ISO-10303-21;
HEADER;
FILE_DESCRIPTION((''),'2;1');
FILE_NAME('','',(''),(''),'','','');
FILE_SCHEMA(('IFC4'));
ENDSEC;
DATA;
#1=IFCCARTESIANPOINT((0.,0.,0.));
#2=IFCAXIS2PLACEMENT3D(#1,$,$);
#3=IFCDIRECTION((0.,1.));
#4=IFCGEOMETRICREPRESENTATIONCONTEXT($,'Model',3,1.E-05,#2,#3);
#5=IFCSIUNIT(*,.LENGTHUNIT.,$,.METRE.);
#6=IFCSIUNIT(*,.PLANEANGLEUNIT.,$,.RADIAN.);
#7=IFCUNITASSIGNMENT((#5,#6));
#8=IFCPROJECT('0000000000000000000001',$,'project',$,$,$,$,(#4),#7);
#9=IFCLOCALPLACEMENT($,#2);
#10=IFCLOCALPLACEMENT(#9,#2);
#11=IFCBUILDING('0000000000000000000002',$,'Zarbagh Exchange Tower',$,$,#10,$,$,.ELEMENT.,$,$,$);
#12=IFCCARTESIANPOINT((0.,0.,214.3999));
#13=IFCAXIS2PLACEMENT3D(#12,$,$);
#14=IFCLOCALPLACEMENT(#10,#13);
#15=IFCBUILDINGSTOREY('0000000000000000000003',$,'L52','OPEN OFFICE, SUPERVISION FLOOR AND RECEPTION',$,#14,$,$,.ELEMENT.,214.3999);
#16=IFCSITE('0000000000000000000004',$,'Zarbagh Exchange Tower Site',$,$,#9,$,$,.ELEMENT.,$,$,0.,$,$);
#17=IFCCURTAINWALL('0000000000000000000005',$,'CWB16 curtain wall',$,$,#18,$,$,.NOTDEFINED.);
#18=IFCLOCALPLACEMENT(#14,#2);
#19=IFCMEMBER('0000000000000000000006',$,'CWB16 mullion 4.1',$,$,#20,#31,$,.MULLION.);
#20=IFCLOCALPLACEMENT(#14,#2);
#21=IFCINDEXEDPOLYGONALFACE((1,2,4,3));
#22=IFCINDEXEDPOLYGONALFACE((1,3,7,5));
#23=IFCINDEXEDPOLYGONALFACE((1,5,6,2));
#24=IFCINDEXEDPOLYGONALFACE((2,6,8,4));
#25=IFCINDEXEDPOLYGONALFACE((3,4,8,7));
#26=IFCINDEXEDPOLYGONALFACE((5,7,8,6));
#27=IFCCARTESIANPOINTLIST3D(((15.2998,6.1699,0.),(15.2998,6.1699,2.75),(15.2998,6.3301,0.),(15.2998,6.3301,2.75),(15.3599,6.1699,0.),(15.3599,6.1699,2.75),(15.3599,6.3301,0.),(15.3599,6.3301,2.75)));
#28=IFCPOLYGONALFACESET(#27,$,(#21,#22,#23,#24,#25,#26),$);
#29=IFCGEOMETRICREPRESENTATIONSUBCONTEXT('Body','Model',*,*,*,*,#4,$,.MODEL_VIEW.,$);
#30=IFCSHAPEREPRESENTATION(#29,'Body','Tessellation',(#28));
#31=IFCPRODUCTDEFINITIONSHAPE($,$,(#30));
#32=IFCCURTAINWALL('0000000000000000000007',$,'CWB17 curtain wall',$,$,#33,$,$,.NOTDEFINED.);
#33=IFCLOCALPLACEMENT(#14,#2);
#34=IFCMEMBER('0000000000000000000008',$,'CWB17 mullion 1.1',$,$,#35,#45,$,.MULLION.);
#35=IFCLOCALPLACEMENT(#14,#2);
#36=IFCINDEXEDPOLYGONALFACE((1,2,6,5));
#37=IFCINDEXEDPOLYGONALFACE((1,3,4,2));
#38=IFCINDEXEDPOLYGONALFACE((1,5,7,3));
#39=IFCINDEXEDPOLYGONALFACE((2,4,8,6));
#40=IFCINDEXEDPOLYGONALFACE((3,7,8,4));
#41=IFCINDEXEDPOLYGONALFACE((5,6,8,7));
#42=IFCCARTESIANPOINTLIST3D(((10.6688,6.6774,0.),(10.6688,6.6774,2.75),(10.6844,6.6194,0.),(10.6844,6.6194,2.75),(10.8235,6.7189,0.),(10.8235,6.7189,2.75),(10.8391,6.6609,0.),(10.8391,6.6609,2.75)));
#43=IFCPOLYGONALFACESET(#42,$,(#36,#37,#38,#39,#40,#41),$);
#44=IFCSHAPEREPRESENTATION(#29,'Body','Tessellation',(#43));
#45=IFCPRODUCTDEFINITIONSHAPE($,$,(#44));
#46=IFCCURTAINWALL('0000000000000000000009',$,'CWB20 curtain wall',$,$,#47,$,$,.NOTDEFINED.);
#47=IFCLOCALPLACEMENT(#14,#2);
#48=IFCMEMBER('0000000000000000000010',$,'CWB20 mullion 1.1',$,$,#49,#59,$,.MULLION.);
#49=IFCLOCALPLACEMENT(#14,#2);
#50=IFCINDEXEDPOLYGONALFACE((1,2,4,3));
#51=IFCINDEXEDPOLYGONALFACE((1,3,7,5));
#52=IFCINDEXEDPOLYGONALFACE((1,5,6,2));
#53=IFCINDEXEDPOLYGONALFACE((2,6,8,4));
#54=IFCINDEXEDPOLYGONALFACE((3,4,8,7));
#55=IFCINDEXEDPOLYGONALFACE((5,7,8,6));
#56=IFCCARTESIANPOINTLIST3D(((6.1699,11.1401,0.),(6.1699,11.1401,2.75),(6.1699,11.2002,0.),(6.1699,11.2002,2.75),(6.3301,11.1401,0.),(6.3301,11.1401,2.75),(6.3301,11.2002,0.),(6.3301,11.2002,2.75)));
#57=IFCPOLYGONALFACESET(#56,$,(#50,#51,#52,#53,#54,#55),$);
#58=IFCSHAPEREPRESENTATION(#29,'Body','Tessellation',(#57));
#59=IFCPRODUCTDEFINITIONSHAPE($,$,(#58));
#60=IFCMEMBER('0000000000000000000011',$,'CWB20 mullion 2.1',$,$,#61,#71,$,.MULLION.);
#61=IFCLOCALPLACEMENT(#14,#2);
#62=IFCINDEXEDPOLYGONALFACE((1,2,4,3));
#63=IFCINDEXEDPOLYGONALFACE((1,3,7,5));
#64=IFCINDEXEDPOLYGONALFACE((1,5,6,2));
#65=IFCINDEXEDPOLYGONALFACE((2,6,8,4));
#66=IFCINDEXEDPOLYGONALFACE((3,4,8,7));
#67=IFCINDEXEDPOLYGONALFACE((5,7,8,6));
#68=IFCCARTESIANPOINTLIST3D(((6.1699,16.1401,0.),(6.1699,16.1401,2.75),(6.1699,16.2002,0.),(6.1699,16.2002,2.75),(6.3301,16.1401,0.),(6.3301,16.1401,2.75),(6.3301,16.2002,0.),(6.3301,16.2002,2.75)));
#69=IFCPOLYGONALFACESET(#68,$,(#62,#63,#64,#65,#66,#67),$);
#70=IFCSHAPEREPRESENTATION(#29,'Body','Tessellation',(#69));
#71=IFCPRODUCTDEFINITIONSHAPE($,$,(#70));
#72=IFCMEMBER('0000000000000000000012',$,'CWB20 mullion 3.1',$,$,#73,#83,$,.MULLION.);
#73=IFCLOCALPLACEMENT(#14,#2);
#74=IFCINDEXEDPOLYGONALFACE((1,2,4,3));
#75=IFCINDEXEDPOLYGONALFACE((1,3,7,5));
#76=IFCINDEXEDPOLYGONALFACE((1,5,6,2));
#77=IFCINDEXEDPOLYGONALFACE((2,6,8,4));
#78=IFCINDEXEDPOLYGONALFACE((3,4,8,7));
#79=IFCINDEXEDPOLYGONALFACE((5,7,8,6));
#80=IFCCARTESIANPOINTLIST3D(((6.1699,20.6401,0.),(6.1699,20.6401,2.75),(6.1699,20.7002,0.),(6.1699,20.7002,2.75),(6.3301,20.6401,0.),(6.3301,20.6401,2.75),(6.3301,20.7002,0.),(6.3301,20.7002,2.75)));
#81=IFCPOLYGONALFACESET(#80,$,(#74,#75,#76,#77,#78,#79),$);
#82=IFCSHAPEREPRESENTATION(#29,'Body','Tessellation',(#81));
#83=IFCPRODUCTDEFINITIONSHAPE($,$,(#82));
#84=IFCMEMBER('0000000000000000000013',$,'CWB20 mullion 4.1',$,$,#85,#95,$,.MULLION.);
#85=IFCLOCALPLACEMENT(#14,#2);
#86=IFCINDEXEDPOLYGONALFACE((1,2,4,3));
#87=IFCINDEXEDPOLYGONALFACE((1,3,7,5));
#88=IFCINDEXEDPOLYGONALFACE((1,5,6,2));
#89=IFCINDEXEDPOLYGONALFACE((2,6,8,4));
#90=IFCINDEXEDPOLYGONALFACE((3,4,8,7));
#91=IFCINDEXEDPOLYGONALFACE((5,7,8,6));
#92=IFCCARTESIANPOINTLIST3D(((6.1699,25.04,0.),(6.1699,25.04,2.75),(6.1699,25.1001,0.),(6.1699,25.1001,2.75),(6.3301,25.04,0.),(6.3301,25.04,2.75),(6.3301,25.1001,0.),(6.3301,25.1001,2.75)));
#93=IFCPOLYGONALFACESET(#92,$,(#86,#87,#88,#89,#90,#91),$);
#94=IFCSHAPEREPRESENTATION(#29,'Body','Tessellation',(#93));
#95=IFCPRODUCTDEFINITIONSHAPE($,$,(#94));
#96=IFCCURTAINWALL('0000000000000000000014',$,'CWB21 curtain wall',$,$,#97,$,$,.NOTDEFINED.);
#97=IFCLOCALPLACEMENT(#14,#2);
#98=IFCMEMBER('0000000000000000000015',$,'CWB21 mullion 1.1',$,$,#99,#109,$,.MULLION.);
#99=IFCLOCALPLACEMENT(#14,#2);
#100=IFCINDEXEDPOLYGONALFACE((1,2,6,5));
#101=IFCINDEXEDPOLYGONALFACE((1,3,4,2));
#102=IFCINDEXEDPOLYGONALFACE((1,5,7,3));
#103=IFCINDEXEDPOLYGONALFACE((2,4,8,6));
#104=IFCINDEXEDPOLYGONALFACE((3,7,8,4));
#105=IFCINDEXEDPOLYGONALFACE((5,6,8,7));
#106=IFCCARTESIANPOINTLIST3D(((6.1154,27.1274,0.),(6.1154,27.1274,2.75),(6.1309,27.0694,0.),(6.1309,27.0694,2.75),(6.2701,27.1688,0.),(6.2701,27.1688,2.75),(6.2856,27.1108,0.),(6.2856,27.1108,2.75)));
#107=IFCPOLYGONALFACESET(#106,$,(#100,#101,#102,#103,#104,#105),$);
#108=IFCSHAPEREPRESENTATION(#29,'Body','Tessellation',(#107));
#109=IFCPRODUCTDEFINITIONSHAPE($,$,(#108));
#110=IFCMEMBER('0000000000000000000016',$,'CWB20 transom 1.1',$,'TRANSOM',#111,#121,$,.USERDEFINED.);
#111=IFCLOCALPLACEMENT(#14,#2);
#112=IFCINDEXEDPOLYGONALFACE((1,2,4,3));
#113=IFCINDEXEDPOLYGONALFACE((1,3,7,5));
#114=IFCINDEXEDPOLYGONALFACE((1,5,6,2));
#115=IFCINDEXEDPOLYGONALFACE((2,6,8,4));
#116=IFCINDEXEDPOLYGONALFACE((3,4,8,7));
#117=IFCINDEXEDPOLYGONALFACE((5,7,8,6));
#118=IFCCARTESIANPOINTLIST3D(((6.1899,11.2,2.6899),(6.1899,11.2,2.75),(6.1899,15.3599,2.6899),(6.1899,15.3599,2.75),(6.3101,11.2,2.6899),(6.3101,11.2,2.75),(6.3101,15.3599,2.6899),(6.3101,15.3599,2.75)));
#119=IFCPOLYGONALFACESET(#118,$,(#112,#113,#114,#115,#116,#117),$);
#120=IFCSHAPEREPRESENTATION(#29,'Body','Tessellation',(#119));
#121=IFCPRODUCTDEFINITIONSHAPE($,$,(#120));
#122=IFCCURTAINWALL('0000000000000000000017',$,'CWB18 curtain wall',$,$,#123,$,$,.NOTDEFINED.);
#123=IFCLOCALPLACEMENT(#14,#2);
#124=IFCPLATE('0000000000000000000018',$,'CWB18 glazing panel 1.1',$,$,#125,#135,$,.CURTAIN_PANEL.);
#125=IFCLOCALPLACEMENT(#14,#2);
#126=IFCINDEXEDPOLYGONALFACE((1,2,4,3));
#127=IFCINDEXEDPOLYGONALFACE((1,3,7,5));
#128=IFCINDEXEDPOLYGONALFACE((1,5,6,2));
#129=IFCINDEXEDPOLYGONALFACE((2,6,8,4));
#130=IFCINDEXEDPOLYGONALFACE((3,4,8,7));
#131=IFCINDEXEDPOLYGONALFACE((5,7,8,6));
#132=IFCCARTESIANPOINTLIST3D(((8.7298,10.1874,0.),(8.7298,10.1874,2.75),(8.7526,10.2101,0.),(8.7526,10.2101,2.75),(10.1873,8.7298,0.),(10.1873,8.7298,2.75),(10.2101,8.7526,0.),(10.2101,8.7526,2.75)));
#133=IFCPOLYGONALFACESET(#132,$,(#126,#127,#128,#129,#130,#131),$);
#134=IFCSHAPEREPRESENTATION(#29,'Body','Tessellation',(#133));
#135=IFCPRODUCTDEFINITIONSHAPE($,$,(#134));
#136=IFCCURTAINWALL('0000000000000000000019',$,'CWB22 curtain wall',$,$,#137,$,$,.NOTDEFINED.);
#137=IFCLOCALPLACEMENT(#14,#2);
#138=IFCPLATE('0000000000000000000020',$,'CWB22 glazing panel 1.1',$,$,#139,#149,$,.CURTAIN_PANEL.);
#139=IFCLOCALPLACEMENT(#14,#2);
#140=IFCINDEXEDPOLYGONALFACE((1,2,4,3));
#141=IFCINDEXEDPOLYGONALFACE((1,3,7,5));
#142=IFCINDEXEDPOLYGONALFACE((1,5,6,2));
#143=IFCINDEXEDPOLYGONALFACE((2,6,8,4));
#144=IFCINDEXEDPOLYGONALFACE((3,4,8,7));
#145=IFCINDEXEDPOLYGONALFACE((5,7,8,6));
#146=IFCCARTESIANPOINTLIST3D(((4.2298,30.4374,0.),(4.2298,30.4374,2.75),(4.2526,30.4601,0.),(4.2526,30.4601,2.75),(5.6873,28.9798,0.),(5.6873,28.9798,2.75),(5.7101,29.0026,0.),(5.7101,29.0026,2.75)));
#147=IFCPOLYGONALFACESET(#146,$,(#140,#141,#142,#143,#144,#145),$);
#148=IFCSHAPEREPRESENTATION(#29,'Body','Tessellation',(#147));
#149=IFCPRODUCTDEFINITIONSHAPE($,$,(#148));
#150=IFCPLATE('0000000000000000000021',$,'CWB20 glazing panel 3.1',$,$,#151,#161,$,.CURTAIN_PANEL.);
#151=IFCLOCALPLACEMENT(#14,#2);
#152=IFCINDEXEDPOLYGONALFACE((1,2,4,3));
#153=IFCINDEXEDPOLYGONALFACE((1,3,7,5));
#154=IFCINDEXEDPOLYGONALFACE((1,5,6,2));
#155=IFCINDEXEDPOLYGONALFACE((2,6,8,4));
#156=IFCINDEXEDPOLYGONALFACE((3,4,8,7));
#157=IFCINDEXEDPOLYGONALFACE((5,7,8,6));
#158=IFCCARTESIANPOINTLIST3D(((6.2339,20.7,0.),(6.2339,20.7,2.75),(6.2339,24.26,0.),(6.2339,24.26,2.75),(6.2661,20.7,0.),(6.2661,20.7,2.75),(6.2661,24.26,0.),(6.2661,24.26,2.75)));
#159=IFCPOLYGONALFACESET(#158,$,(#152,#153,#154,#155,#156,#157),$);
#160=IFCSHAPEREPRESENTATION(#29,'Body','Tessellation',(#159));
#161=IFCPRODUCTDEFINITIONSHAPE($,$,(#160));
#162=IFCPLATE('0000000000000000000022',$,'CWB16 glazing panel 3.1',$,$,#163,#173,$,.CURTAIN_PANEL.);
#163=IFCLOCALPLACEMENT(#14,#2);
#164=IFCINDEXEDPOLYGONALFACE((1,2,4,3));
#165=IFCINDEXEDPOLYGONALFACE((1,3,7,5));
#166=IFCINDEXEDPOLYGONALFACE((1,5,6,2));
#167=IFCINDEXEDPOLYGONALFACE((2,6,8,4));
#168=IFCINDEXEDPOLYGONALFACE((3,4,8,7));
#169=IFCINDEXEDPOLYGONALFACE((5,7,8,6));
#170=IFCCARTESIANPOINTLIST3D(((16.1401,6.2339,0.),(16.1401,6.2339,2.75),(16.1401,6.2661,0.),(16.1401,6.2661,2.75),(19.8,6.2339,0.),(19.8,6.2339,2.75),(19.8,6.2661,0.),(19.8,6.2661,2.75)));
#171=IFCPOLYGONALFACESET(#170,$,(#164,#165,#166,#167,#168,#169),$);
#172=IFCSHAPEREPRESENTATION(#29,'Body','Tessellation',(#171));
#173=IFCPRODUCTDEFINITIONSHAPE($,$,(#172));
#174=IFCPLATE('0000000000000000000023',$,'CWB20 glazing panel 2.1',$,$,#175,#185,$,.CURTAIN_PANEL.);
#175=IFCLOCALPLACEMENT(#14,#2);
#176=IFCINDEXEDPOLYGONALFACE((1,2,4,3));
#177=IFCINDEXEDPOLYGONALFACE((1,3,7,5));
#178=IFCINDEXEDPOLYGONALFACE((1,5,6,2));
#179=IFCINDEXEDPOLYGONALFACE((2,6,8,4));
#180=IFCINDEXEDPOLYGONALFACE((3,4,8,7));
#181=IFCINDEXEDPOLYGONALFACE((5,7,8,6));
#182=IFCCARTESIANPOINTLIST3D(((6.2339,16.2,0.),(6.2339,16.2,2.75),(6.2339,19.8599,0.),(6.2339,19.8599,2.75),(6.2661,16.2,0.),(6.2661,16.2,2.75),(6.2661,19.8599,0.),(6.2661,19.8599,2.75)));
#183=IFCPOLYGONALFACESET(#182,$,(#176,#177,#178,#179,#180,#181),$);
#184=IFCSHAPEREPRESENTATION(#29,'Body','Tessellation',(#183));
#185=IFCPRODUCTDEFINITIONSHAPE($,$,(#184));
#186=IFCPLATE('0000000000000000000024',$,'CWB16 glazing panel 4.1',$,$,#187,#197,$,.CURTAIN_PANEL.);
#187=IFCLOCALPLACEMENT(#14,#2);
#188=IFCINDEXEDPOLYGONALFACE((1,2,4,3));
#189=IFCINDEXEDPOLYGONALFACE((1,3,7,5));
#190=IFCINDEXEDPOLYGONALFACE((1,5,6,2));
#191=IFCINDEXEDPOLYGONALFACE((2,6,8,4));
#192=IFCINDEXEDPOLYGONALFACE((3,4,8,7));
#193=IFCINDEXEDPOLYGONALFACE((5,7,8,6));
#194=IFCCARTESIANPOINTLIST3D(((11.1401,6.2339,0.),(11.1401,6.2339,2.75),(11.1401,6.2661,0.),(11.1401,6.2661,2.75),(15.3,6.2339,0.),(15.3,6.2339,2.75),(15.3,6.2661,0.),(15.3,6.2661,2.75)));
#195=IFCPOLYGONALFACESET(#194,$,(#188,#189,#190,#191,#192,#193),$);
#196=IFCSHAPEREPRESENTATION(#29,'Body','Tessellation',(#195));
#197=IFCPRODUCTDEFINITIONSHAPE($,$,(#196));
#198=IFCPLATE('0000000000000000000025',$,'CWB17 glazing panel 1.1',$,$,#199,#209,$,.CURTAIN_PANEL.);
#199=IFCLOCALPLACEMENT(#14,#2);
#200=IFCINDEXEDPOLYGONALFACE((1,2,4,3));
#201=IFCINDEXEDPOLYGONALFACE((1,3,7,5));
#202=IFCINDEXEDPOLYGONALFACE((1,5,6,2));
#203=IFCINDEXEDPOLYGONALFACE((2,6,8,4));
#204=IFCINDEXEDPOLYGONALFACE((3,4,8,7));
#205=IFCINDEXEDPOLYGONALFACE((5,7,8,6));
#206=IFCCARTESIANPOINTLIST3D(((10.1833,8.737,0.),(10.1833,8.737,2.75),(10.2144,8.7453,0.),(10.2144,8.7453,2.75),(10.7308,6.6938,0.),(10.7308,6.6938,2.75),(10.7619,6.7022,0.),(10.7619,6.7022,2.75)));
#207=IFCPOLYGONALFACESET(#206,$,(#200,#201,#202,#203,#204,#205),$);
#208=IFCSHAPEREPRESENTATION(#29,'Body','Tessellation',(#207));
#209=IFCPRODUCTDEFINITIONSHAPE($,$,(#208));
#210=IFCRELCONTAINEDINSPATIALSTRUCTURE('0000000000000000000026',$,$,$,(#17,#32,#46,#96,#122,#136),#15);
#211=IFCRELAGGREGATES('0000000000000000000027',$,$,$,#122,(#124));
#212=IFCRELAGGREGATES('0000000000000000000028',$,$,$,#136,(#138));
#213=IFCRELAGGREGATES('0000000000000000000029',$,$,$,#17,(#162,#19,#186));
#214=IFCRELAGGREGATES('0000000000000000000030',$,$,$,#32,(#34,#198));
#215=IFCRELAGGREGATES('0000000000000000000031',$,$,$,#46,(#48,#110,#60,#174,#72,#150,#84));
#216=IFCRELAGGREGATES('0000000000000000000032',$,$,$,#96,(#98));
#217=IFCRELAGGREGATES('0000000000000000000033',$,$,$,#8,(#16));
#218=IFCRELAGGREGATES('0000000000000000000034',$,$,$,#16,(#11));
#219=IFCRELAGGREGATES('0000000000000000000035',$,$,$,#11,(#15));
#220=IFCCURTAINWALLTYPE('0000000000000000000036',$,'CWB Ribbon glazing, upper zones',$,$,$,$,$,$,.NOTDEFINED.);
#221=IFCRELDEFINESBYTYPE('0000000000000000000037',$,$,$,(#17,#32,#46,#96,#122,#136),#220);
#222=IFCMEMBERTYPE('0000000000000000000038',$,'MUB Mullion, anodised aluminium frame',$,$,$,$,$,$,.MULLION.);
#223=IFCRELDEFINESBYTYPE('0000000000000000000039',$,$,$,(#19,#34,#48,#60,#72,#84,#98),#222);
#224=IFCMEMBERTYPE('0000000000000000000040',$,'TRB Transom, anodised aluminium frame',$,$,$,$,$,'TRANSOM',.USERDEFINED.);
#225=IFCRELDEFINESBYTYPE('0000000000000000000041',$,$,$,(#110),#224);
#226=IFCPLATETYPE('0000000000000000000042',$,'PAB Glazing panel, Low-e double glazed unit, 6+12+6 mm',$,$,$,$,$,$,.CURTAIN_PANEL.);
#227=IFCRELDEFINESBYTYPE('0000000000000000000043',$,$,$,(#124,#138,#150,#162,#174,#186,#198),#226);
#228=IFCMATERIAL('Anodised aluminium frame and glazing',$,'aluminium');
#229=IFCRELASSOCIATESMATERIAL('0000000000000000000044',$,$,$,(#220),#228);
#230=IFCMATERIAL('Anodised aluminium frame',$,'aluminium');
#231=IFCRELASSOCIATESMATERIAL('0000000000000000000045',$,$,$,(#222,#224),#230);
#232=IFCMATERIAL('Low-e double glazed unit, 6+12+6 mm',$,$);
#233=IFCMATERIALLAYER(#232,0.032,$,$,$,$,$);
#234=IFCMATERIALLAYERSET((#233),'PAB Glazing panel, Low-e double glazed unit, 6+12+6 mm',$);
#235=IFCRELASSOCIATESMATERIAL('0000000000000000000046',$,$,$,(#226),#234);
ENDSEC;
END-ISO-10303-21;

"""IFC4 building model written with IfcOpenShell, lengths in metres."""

from ifc_helpers import new_model, si_unit, direction, frame, origin, place, context, subcontext, project, spatial, polyline, outline, extrude, source, transform, mapped, material, layer, layer_set, type_object, element, aggregate, save


model = new_model("IFC4")

# Units and contexts
model_context = context("Model", 3, precision=1e-05, world=origin(), true_north=direction((0.0, 1.0)))
body_context = subcontext(model_context, "Body", "Model", "MODEL_VIEW")
ifc_project = project(units=[si_unit("LENGTHUNIT", "METRE"), si_unit("PLANEANGLEUNIT", "RADIAN")], contexts=[model_context])

# Site, building, storey
site_placement = place(None, origin())
site = spatial("IfcSite", under=ifc_project, at=site_placement, Name="Zarbagh Exchange Tower Site", CompositionType="ELEMENT", RefElevation=0.0)
building_placement = place(site_placement, origin())
building = spatial("IfcBuilding", under=site, at=building_placement, Name="Zarbagh Exchange Tower", CompositionType="ELEMENT")
storey_placement = place(building_placement, frame((0.0, 0.0, 214.3999)))
storey = spatial("IfcBuildingStorey", under=building, at=storey_placement, Name="L52", Description="OPEN OFFICE, SUPERVISION FLOOR AND RECEPTION", CompositionType="ELEMENT", Elevation=214.3999)

# Curtain walls, members
ifc_material_1 = material(Name="Anodised aluminium frame and glazing", Category="aluminium")
curtain_wall_type = type_object("IfcCurtainWallType", Name="CWB Ribbon glazing, upper zones", PredefinedType="NOTDEFINED", material=ifc_material_1)
curtain_wall_1_placement = place(storey_placement, origin())
curtain_wall_1 = element("IfcCurtainWall", 1, at=curtain_wall_1_placement, inside=storey, type_object=curtain_wall_type, Name="CWB16 curtain wall", PredefinedType="NOTDEFINED")
ifc_material_2 = material(Name="Anodised aluminium frame", Category="aluminium")
member_type_1 = type_object("IfcMemberType", Name="MUB Mullion, anodised aluminium frame", PredefinedType="MULLION", material=ifc_material_2)
shared_shape_1 = source(origin(), body_context, "Body", "SweptSolid", [
    extrude(outline(polyline([(0.0, -0.0801), (0.0601, -0.0801), (0.0601, 0.0801), (0.0, 0.0801), (0.0, -0.0801)])), origin(), (0.0, 0.0, 1.0), 2.75),
])
placement = place(storey_placement, origin())
member_1 = element("IfcMember", 2, at=placement, type_object=member_type_1, Name="CWB16 mullion 4.1", PredefinedType="MULLION", context=body_context, shape_type="MappedRepresentation", body=[
    mapped(shared_shape_1, transform((15.3599, 6.25, 0.0), x_axis=(-1.0, 0.0, 0.0), y_axis=(0.0, -1.0, 0.0), z_axis=(0.0, 0.0, 1.0))),
])
curtain_wall_2_placement = place(storey_placement, origin())
curtain_wall_2 = element("IfcCurtainWall", 3, at=curtain_wall_2_placement, inside=storey, type_object=curtain_wall_type, Name="CWB17 curtain wall", PredefinedType="NOTDEFINED")
member_2 = element("IfcMember", 4, at=placement, type_object=member_type_1, Name="CWB17 mullion 1.1", PredefinedType="MULLION", context=body_context, shape_type="MappedRepresentation", body=[
    mapped(shared_shape_1, transform((10.7617, 6.6401, 0.0), x_axis=(-0.258825, 0.965924, 0.0), y_axis=(-0.965924, -0.258825, 0.0), z_axis=(0.0, 0.0, 1.0))),
])

# Curtain wall, members
curtain_wall_3_placement = place(storey_placement, origin())
curtain_wall_3 = element("IfcCurtainWall", 5, at=curtain_wall_3_placement, inside=storey, type_object=curtain_wall_type, Name="CWB20 curtain wall", PredefinedType="NOTDEFINED")
member_3 = element("IfcMember", 6, at=placement, type_object=member_type_1, Name="CWB20 mullion 1.1", PredefinedType="MULLION", context=body_context, shape_type="MappedRepresentation", body=[
    mapped(shared_shape_1, transform((6.25, 11.1401, 0.0), x_axis=(0.0, 1.0, 0.0), y_axis=(-1.0, 0.0, 0.0), z_axis=(0.0, 0.0, 1.0))),
])
member_4 = element("IfcMember", 7, at=placement, type_object=member_type_1, Name="CWB20 mullion 2.1", PredefinedType="MULLION", context=body_context, shape_type="MappedRepresentation", body=[
    mapped(shared_shape_1, transform((6.25, 16.1401, 0.0), x_axis=(0.0, 1.0, 0.0), y_axis=(-1.0, 0.0, 0.0), z_axis=(0.0, 0.0, 1.0))),
])
member_5 = element("IfcMember", 8, at=placement, type_object=member_type_1, Name="CWB20 mullion 3.1", PredefinedType="MULLION", context=body_context, shape_type="MappedRepresentation", body=[
    mapped(shared_shape_1, transform((6.25, 20.6401, 0.0), x_axis=(0.0, 1.0, 0.0), y_axis=(-1.0, 0.0, 0.0), z_axis=(0.0, 0.0, 1.0))),
])
member_6 = element("IfcMember", 9, at=placement, type_object=member_type_1, Name="CWB20 mullion 4.1", PredefinedType="MULLION", context=body_context, shape_type="MappedRepresentation", body=[
    mapped(shared_shape_1, transform((6.25, 25.04, 0.0), x_axis=(0.0, 1.0, 0.0), y_axis=(-1.0, 0.0, 0.0), z_axis=(0.0, 0.0, 1.0))),
])

# Curtain wall, member
curtain_wall_4_placement = place(storey_placement, origin())
curtain_wall_4 = element("IfcCurtainWall", 10, at=curtain_wall_4_placement, inside=storey, type_object=curtain_wall_type, Name="CWB21 curtain wall", PredefinedType="NOTDEFINED")
member_7 = element("IfcMember", 11, at=placement, type_object=member_type_1, Name="CWB21 mullion 1.1", PredefinedType="MULLION", context=body_context, shape_type="MappedRepresentation", body=[
    mapped(shared_shape_1, transform((6.2083, 27.0901, 0.0), x_axis=(-0.258825, 0.965924, 0.0), y_axis=(-0.965924, -0.258825, 0.0), z_axis=(0.0, 0.0, 1.0))),
])

# Member
member_type_2 = type_object("IfcMemberType", Name="TRB Transom, anodised aluminium frame", ElementType="TRANSOM", PredefinedType="USERDEFINED", material=ifc_material_2)
shared_shape_2 = source(origin(), body_context, "Body", "SweptSolid", [
    extrude(outline(polyline([(-0.0601, -0.0601), (0.0, -0.0601), (0.0, 0.0601), (-0.0601, 0.0601), (-0.0601, -0.0601)])), origin(), (0.0, 0.0, 1.0), 4.1599),
])
member_8 = element("IfcMember", 12, at=placement, type_object=member_type_2, Name="CWB20 transom 1.1", ObjectType="TRANSOM", PredefinedType="USERDEFINED", context=body_context, shape_type="MappedRepresentation", body=[
    mapped(shared_shape_2, transform((6.25, 11.2, 2.75), x_axis=(0.0, 0.0, 1.0), y_axis=(1.0, 0.0, 0.0), z_axis=(0.0, 1.0, 0.0))),
])

# Curtain walls, plates
curtain_wall_5_placement = place(storey_placement, origin())
curtain_wall_5 = element("IfcCurtainWall", 13, at=curtain_wall_5_placement, inside=storey, type_object=curtain_wall_type, Name="CWB18 curtain wall", PredefinedType="NOTDEFINED")
ifc_material_3 = material(Name="Low-e double glazed unit, 6+12+6 mm")
ifc_layer_1 = layer(ifc_material_3, 0.032)
ifc_layer_set_1 = layer_set([ifc_layer_1], Name="PAB Glazing panel, Low-e double glazed unit, 6+12+6 mm")
plate_type = type_object("IfcPlateType", Name="PAB Glazing panel, Low-e double glazed unit, 6+12+6 mm", PredefinedType="CURTAIN_PANEL", material=ifc_layer_set_1)
shared_shape_3 = source(origin(), body_context, "Body", "SweptSolid", [
    extrude(outline(polyline([(0.0, -0.0161), (2.0613, -0.0161), (2.0613, 0.0161), (0.0, 0.0161), (0.0, -0.0161)])), origin(), (0.0, 0.0, 1.0), 2.75),
])
plate_1 = element("IfcPlate", 14, at=placement, type_object=plate_type, Name="CWB18 glazing panel 1.1", PredefinedType="CURTAIN_PANEL", context=body_context, shape_type="MappedRepresentation", body=[
    mapped(shared_shape_3, transform((10.1987, 8.7412, 0.0), x_axis=(-0.707107, 0.707107, 0.0), y_axis=(-0.707107, -0.707107, 0.0), z_axis=(0.0, 0.0, 1.0))),
])
aggregate(curtain_wall_5, [plate_1])
curtain_wall_6_placement = place(storey_placement, origin())
curtain_wall_6 = element("IfcCurtainWall", 15, at=curtain_wall_6_placement, inside=storey, type_object=curtain_wall_type, Name="CWB22 curtain wall", PredefinedType="NOTDEFINED")
plate_2 = element("IfcPlate", 16, at=placement, type_object=plate_type, Name="CWB22 glazing panel 1.1", PredefinedType="CURTAIN_PANEL", context=body_context, shape_type="MappedRepresentation", body=[
    mapped(shared_shape_3, transform((5.6987, 28.9912, 0.0), x_axis=(-0.707107, 0.707107, 0.0), y_axis=(-0.707107, -0.707107, 0.0), z_axis=(0.0, 0.0, 1.0))),
])
aggregate(curtain_wall_6, [plate_2])

# Plates
shared_shape_4 = source(origin(), body_context, "Body", "SweptSolid", [
    extrude(outline(polyline([(0.0, -0.0161), (3.5601, -0.0161), (3.5601, 0.0161), (0.0, 0.0161), (0.0, -0.0161)])), origin(), (0.0, 0.0, 1.0), 2.75),
])
plate_3 = element("IfcPlate", 17, at=placement, type_object=plate_type, Name="CWB20 glazing panel 3.1", PredefinedType="CURTAIN_PANEL", context=body_context, shape_type="MappedRepresentation", body=[
    mapped(shared_shape_4, transform((6.25, 20.7, 0.0), x_axis=(0.0, 1.0, 0.0), y_axis=(-1.0, 0.0, 0.0), z_axis=(0.0, 0.0, 1.0))),
])
shared_shape_5 = source(origin(), body_context, "Body", "SweptSolid", [
    extrude(outline(polyline([(0.0, -0.0161), (3.6599, -0.0161), (3.6599, 0.0161), (0.0, 0.0161), (0.0, -0.0161)])), origin(), (0.0, 0.0, 1.0), 2.75),
])
plate_4 = element("IfcPlate", 18, at=placement, type_object=plate_type, Name="CWB16 glazing panel 3.1", PredefinedType="CURTAIN_PANEL", context=body_context, shape_type="MappedRepresentation", body=[
    mapped(shared_shape_5, transform((19.8, 6.25, 0.0), x_axis=(-1.0, 0.0, 0.0), y_axis=(0.0, -1.0, 0.0), z_axis=(0.0, 0.0, 1.0))),
])
plate_5 = element("IfcPlate", 19, at=placement, type_object=plate_type, Name="CWB20 glazing panel 2.1", PredefinedType="CURTAIN_PANEL", context=body_context, shape_type="MappedRepresentation", body=[
    mapped(shared_shape_5, transform((6.25, 16.2, 0.0), x_axis=(0.0, 1.0, 0.0), y_axis=(-1.0, 0.0, 0.0), z_axis=(0.0, 0.0, 1.0))),
])
shared_shape_6 = source(origin(), body_context, "Body", "SweptSolid", [
    extrude(outline(polyline([(0.0, -0.0161), (4.1599, -0.0161), (4.1599, 0.0161), (0.0, 0.0161), (0.0, -0.0161)])), origin(), (0.0, 0.0, 1.0), 2.75),
])
plate_6 = element("IfcPlate", 20, at=placement, type_object=plate_type, Name="CWB16 glazing panel 4.1", PredefinedType="CURTAIN_PANEL", context=body_context, shape_type="MappedRepresentation", body=[
    mapped(shared_shape_6, transform((15.3, 6.25, 0.0), x_axis=(-1.0, 0.0, 0.0), y_axis=(0.0, -1.0, 0.0), z_axis=(0.0, 0.0, 1.0))),
])
aggregate(curtain_wall_1, [plate_4, member_1, plate_6])
shared_shape_7 = source(origin(), body_context, "Body", "SweptSolid", [
    extrude(outline(polyline([(0.0, -0.0161), (2.1152, -0.0161), (2.1152, 0.0161), (0.0, 0.0161), (0.0, -0.0161)])), origin(), (0.0, 0.0, 1.0), 2.75),
])
plate_7 = element("IfcPlate", 21, at=placement, type_object=plate_type, Name="CWB17 glazing panel 1.1", PredefinedType="CURTAIN_PANEL", context=body_context, shape_type="MappedRepresentation", body=[
    mapped(shared_shape_7, transform((10.7463, 6.698, 0.0), x_axis=(-0.258825, 0.965924, 0.0), y_axis=(-0.965924, -0.258825, 0.0), z_axis=(0.0, 0.0, 1.0))),
])
aggregate(curtain_wall_2, [member_2, plate_7])

aggregate(curtain_wall_3, [member_3, member_8, member_4, plate_5, member_5, plate_3, member_6])
aggregate(curtain_wall_4, [member_7])

save(model, "model.ifc")
